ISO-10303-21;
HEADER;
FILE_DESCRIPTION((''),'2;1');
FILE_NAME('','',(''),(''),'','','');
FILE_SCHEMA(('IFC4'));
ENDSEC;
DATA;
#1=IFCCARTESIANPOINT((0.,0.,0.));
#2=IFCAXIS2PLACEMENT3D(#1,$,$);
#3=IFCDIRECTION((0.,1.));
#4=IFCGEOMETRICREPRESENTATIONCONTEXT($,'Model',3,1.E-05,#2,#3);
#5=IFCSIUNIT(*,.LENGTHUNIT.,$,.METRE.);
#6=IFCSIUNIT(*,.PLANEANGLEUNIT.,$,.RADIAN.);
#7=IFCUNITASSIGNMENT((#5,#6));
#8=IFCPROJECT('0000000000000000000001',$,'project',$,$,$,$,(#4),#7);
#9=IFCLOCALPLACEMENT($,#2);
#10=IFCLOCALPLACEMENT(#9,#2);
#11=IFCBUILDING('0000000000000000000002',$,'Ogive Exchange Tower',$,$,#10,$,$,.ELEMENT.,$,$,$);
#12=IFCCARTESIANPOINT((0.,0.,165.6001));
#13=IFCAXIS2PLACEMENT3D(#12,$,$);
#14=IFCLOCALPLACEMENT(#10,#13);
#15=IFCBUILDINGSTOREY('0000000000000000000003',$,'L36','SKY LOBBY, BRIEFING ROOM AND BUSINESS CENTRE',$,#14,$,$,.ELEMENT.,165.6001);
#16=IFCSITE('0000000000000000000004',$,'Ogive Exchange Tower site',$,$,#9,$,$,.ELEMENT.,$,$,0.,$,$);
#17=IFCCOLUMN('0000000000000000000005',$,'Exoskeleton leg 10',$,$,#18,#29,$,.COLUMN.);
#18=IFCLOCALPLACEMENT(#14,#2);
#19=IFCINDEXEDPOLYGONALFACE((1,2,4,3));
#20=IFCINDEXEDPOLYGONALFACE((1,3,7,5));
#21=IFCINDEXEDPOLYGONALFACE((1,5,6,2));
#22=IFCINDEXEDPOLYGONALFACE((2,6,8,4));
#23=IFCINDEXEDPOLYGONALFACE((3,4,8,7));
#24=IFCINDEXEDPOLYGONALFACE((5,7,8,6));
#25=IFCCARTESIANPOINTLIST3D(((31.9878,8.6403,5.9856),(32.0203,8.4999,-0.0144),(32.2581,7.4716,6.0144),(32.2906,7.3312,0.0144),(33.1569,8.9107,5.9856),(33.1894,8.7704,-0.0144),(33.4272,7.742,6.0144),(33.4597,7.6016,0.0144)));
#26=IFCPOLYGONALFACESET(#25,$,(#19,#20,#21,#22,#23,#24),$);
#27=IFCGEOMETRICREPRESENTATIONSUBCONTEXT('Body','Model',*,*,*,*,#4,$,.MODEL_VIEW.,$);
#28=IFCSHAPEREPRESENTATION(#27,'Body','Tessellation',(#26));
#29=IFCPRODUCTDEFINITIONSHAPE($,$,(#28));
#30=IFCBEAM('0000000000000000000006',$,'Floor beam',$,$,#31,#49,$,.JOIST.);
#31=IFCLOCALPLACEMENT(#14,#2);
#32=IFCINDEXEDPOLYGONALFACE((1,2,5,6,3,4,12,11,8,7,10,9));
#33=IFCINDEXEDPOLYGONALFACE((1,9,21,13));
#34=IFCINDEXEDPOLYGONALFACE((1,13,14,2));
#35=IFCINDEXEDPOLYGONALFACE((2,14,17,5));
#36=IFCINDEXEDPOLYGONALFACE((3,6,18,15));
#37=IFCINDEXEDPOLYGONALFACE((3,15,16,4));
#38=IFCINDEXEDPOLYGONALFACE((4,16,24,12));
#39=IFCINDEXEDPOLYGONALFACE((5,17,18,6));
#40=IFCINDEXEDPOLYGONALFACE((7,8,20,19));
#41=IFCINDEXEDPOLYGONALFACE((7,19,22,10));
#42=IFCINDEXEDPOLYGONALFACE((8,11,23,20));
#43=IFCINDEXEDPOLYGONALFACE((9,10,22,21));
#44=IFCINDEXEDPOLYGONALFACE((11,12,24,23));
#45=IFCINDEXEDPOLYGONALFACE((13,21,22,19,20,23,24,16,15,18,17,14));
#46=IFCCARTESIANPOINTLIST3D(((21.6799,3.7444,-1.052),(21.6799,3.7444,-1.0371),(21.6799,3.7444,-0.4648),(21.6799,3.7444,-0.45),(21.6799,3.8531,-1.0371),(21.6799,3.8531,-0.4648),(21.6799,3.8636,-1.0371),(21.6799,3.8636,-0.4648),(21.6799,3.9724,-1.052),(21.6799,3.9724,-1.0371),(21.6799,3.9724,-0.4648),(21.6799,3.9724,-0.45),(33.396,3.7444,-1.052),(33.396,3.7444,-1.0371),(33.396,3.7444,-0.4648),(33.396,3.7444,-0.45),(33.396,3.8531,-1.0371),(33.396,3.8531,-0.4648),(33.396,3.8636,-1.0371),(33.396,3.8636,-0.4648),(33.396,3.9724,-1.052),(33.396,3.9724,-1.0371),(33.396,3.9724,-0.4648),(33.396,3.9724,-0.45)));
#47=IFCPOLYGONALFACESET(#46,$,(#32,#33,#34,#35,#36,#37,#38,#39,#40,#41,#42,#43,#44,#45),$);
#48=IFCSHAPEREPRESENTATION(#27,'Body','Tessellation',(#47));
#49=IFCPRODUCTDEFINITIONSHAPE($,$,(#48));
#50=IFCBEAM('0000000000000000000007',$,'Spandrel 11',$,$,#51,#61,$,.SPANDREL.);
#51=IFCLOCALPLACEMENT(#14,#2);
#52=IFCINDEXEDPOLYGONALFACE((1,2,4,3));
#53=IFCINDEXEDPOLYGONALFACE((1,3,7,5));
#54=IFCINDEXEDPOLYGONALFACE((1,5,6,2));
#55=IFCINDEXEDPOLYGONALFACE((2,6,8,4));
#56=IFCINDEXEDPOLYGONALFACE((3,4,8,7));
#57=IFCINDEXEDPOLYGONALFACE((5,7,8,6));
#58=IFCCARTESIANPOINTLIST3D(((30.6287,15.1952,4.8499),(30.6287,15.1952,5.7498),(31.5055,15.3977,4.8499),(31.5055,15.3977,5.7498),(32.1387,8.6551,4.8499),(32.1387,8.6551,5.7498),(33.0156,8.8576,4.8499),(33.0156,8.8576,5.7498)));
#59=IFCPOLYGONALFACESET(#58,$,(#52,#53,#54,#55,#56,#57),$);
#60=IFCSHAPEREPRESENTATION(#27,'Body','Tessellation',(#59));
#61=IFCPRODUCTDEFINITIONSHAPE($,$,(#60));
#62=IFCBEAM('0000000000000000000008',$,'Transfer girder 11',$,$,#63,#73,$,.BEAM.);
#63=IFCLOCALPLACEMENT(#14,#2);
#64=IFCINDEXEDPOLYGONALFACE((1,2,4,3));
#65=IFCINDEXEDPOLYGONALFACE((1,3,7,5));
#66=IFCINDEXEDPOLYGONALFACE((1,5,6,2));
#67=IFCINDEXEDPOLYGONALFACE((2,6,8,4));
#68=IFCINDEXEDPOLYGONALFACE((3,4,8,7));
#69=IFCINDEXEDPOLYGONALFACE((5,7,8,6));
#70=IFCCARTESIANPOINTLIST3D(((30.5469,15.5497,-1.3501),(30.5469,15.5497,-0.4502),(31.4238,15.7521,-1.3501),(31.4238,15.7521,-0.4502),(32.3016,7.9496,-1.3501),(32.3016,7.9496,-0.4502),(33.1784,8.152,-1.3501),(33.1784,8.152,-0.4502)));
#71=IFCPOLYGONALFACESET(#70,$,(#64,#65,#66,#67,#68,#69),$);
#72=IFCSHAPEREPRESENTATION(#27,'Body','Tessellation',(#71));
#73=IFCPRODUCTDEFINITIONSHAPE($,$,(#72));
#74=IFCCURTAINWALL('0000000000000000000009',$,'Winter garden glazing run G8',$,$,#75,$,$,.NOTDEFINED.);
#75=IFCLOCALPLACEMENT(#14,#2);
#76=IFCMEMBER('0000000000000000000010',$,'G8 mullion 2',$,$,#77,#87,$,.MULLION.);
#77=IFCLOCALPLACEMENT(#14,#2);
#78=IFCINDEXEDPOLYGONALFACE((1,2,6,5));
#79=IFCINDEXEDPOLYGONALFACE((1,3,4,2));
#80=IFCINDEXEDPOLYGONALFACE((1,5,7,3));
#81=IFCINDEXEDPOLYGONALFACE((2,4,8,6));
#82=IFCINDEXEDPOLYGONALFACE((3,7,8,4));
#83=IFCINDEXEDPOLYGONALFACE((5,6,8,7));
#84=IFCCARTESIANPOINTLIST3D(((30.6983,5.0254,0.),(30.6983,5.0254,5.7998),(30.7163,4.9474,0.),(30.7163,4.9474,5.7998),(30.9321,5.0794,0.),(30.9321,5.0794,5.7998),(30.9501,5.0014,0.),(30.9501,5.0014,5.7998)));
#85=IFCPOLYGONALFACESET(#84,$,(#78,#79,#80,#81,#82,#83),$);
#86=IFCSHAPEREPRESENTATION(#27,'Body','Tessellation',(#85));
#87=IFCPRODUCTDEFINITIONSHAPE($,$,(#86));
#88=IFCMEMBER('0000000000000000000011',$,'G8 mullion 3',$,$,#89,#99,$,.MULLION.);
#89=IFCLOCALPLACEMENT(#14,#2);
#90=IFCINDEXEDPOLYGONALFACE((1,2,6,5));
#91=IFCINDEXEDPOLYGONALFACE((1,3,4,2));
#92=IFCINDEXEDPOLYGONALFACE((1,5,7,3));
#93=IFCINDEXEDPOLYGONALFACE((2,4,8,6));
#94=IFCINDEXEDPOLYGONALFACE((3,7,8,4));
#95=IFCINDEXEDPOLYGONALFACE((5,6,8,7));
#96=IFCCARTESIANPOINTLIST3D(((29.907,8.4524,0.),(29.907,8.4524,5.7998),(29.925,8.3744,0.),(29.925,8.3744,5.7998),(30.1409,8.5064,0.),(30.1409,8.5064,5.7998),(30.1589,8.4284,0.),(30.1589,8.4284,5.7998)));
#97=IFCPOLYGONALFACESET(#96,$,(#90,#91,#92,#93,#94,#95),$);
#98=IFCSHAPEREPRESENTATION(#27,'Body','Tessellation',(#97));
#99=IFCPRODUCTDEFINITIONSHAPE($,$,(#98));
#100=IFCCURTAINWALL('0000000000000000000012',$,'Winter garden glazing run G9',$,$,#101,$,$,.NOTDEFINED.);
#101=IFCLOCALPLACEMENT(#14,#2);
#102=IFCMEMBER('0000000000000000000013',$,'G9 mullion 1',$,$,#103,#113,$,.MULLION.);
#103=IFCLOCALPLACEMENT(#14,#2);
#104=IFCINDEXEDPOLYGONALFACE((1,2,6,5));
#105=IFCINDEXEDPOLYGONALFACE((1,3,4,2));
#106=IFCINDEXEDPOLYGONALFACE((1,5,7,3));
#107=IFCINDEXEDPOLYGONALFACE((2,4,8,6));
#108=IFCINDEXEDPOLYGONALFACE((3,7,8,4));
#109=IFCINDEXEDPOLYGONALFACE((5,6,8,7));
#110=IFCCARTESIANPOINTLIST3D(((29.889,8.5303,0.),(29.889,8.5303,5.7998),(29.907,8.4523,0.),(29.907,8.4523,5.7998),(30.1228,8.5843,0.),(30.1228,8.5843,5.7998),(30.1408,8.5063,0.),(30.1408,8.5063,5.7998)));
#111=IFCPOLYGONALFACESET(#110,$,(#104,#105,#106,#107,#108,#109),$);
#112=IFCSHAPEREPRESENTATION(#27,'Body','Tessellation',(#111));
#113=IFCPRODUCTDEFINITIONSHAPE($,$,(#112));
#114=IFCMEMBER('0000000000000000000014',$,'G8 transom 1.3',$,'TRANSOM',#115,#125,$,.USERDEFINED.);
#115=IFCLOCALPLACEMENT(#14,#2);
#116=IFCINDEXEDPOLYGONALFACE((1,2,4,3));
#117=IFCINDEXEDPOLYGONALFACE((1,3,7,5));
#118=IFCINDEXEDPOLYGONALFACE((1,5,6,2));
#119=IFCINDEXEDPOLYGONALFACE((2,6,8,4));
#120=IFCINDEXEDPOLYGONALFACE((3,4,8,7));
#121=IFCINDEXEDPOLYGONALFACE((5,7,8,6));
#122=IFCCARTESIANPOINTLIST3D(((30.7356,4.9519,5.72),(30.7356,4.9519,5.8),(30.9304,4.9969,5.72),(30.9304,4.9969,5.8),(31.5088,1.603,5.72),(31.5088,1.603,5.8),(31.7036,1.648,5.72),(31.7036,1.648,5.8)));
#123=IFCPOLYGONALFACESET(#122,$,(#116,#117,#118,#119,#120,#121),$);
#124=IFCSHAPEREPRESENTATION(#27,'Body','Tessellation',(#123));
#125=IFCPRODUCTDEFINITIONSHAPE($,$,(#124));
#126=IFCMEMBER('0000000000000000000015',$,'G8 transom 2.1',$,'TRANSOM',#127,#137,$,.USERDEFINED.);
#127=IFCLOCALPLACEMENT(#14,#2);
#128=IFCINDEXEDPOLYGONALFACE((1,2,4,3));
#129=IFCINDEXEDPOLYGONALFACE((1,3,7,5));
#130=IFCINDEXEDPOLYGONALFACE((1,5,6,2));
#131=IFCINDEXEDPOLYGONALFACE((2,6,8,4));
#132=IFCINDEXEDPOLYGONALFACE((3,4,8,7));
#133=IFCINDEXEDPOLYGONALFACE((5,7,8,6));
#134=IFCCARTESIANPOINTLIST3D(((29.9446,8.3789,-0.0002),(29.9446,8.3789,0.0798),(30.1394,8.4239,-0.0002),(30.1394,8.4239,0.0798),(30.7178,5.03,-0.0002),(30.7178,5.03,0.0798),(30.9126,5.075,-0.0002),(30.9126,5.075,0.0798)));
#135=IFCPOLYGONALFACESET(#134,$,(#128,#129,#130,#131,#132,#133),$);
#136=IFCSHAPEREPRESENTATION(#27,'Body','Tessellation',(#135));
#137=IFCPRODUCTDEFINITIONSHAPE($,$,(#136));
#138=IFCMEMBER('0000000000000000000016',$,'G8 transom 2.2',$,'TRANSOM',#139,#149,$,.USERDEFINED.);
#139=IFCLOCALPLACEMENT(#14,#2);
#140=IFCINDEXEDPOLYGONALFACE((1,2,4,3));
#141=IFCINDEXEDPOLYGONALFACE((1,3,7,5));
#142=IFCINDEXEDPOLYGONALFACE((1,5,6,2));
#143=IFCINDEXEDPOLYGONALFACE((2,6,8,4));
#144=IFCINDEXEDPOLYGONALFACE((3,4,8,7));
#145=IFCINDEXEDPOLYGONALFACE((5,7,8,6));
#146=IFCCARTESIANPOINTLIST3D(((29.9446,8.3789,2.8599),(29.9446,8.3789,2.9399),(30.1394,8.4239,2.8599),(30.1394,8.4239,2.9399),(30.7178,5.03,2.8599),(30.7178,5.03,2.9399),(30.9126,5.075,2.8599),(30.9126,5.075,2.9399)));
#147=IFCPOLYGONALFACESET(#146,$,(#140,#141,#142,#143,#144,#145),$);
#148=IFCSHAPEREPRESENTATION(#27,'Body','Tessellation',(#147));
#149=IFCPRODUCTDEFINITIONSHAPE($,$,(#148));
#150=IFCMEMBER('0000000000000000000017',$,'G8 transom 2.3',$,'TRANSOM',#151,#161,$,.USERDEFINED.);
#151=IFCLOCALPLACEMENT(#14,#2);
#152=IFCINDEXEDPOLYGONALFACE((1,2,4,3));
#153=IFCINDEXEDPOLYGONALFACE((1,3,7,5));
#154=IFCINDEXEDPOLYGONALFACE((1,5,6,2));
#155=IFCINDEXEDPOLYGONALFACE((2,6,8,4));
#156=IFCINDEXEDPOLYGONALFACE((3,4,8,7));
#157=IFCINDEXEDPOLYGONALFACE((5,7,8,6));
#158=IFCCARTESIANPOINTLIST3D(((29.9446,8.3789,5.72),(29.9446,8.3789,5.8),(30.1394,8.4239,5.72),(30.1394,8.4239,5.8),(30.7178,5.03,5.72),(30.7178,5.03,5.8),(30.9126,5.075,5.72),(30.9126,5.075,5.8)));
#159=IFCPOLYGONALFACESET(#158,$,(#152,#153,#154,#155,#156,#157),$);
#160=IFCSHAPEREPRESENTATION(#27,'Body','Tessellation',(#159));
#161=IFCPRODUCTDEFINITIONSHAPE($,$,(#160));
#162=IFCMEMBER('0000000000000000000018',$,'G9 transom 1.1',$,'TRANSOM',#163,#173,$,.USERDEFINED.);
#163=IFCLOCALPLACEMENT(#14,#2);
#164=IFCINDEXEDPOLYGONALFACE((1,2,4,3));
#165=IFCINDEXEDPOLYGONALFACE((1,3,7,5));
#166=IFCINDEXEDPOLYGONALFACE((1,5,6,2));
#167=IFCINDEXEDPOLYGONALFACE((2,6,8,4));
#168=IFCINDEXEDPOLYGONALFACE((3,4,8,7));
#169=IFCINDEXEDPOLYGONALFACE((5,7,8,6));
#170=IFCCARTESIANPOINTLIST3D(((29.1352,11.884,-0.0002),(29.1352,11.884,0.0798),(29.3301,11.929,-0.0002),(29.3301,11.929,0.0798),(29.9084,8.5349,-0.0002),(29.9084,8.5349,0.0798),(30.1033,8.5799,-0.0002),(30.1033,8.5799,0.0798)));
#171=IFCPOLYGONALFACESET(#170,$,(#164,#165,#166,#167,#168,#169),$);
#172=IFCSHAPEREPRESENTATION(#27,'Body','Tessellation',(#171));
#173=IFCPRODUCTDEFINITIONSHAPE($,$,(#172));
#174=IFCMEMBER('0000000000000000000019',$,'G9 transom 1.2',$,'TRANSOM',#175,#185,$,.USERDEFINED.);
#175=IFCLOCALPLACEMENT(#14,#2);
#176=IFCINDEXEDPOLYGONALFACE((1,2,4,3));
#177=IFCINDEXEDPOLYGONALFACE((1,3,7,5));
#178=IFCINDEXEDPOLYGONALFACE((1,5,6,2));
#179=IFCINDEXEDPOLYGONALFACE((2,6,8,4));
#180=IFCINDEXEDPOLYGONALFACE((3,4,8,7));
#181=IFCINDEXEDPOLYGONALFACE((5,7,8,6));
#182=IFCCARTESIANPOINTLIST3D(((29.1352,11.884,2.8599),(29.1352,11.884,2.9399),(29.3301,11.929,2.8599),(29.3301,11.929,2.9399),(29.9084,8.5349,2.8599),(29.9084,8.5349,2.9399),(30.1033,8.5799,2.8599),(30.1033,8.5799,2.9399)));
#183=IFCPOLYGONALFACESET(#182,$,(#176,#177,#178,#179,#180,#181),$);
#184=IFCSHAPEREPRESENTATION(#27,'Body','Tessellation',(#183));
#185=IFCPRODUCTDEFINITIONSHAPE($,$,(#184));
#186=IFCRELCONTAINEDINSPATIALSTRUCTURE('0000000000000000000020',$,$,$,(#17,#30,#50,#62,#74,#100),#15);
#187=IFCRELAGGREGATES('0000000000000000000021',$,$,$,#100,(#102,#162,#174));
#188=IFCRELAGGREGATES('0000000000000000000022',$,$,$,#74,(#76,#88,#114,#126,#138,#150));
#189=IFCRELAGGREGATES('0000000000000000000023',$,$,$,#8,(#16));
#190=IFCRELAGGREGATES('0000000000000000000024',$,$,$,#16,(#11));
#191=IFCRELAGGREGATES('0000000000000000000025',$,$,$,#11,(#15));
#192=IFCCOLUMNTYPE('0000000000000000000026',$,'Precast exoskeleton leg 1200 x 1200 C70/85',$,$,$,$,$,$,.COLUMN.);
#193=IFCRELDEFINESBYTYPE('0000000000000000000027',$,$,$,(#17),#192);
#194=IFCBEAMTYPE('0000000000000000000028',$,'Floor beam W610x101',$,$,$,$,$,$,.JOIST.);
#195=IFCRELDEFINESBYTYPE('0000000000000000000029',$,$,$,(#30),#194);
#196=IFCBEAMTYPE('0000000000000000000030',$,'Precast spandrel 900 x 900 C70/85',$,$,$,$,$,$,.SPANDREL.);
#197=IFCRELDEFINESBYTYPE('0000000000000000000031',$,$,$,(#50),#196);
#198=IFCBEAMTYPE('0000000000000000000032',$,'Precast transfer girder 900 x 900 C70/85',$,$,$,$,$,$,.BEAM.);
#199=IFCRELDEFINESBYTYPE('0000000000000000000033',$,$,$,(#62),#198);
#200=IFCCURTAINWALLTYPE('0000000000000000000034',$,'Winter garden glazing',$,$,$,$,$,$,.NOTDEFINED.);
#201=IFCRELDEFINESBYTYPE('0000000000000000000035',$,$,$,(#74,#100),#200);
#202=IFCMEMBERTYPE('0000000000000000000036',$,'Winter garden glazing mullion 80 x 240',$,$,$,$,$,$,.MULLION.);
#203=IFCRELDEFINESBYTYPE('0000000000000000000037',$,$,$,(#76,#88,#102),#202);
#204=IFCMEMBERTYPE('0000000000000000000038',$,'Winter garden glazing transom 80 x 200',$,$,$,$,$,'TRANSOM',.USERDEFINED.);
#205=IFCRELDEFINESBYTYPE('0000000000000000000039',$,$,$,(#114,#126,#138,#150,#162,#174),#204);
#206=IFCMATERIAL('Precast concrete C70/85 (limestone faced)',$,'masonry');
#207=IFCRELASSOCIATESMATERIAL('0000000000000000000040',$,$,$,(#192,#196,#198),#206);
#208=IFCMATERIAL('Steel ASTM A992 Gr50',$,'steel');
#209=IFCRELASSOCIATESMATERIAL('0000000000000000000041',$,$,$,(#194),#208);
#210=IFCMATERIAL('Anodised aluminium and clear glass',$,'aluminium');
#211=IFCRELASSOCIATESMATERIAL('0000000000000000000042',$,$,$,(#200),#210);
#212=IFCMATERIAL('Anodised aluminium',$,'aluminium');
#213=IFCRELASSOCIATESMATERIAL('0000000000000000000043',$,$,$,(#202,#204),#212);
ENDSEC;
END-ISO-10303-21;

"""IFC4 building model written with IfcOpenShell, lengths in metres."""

from ifc_helpers import new_model, si_unit, direction, frame, origin, origin_2d, place, context, subcontext, project, spatial, rectangle, i_section, extrude, material, material_profile, profile_set, type_object, element, aggregate, save


model = new_model("IFC4")

# Units and contexts
model_context = context("Model", 3, precision=1e-05, world=origin(), true_north=direction((0.0, 1.0)))
body_context = subcontext(model_context, "Body", "Model", "MODEL_VIEW")
ifc_project = project(units=[si_unit("LENGTHUNIT", "METRE"), si_unit("PLANEANGLEUNIT", "RADIAN")], contexts=[model_context])

# Site, building, storey
site_placement = place(None, origin())
site = spatial("IfcSite", under=ifc_project, at=site_placement, Name="Ogive Exchange Tower site", CompositionType="ELEMENT", RefElevation=0.0)
building_placement = place(site_placement, origin())
building = spatial("IfcBuilding", under=site, at=building_placement, Name="Ogive Exchange Tower", CompositionType="ELEMENT")
storey_placement = place(building_placement, frame((0.0, 0.0, 165.6001)))
storey = spatial("IfcBuildingStorey", under=building, at=storey_placement, Name="L36", Description="SKY LOBBY, BRIEFING ROOM AND BUSINESS CENTRE", CompositionType="ELEMENT", Elevation=165.6001)

# Column
ifc_material_1 = material(Name="Precast concrete C70/85 (limestone faced)", Category="masonry")
ifc_material_profile_1 = material_profile(ifc_material_1, rectangle(XDim=1.2, YDim=1.2, at=origin_2d()), Name="1200 x 1200")
ifc_profile_set_1 = profile_set([ifc_material_profile_1], Name="Precast concrete C70/85 (limestone faced)")
column_type = type_object("IfcColumnType", Name="Precast exoskeleton leg 1200 x 1200 C70/85", PredefinedType="COLUMN", material=ifc_profile_set_1)
column_placement = place(storey_placement, frame((32.74, 8.0508, 0.0), z_axis=(-0.00541, 0.02339, 0.999712), x_axis=(-0.974277, -0.225354, 0.0)))
element("IfcColumn", 1, at=column_placement, inside=storey, type_object=column_type, Name="Exoskeleton leg 10", PredefinedType="COLUMN", context=body_context, shape_type="SweptSolid", body=[
    extrude(rectangle(XDim=1.2, YDim=1.2, at=origin_2d()), origin(), (0.0, 0.0, 1.0), 6.0017),
])

# Beams
ifc_material_2 = material(Name="Steel ASTM A992 Gr50", Category="steel")
ifc_material_profile_2 = material_profile(ifc_material_2, i_section(OverallWidth=0.228, OverallDepth=0.6021, WebThickness=0.0105, FlangeThickness=0.0149, at=origin_2d()), Name="W610x101")
ifc_profile_set_2 = profile_set([ifc_material_profile_2], Name="Steel ASTM A992 Gr50")
beam_type_1 = type_object("IfcBeamType", Name="Floor beam W610x101", PredefinedType="JOIST", material=ifc_profile_set_2)
beam_1_placement = place(storey_placement, frame((21.6799, 3.8584, -0.751), z_axis=(1.0, 0.0, 0.0), x_axis=(0.0, 1.0, 0.0)))
element("IfcBeam", 2, at=beam_1_placement, inside=storey, type_object=beam_type_1, Name="Floor beam", PredefinedType="JOIST", context=body_context, shape_type="SweptSolid", body=[
    extrude(i_section(OverallWidth=0.228, OverallDepth=0.6021, WebThickness=0.0105, FlangeThickness=0.0149, at=origin_2d()), origin(), (0.0, 0.0, 1.0), 11.7161),
])
ifc_material_profile_3 = material_profile(ifc_material_1, rectangle(XDim=0.8999, YDim=0.8999, at=origin_2d()), Name="900 x 900")
ifc_profile_set_3 = profile_set([ifc_material_profile_3], Name="Precast concrete C70/85 (limestone faced)")
beam_type_2 = type_object("IfcBeamType", Name="Precast spandrel 900 x 900 C70/85", PredefinedType="SPANDREL", material=ifc_profile_set_3)
beam_2_placement = place(storey_placement, frame((32.5771, 8.7563, 5.2998), z_axis=(-0.224968, 0.974366, 0.0), x_axis=(-0.974366, -0.224968, 0.0)))
element("IfcBeam", 3, at=beam_2_placement, inside=storey, type_object=beam_type_2, Name="Spandrel 11", PredefinedType="SPANDREL", context=body_context, shape_type="SweptSolid", body=[
    extrude(rectangle(XDim=0.8999, YDim=0.8999, at=origin_2d()), origin(), (0.0, 0.0, 1.0), 6.7122),
])
ifc_material_profile_4 = material_profile(ifc_material_1, rectangle(XDim=0.8999, YDim=0.8999, at=origin_2d()), Name="900 x 900")
ifc_profile_set_4 = profile_set([ifc_material_profile_4], Name="Precast concrete C70/85 (limestone faced)")
beam_type_3 = type_object("IfcBeamType", Name="Precast transfer girder 900 x 900 C70/85", PredefinedType="BEAM", material=ifc_profile_set_4)
beam_3_placement = place(storey_placement, frame((32.74, 8.0508, -0.9001), z_axis=(-0.224953, 0.97437, 0.0), x_axis=(-0.97437, -0.224953, 0.0)))
element("IfcBeam", 4, at=beam_3_placement, inside=storey, type_object=beam_type_3, Name="Transfer girder 11", PredefinedType="BEAM", context=body_context, shape_type="SweptSolid", body=[
    extrude(rectangle(XDim=0.8999, YDim=0.8999, at=origin_2d()), origin(), (0.0, 0.0, 1.0), 7.8),
])

# Curtain wall, members
ifc_material_3 = material(Name="Anodised aluminium and clear glass", Category="aluminium")
curtain_wall_type = type_object("IfcCurtainWallType", Name="Winter garden glazing", PredefinedType="NOTDEFINED", material=ifc_material_3)
curtain_wall_1_placement = place(storey_placement, origin())
curtain_wall_1 = element("IfcCurtainWall", 5, at=curtain_wall_1_placement, inside=storey, type_object=curtain_wall_type, Name="Winter garden glazing run G8", PredefinedType="NOTDEFINED")
ifc_material_4 = material(Name="Anodised aluminium", Category="aluminium")
ifc_material_profile_5 = material_profile(ifc_material_4, rectangle(XDim=0.24, YDim=0.0801, at=origin_2d()), Name="AL 80x240")
ifc_profile_set_5 = profile_set([ifc_material_profile_5], Name="Anodised aluminium")
member_type_1 = type_object("IfcMemberType", Name="Winter garden glazing mullion 80 x 240", PredefinedType="MULLION", material=ifc_profile_set_5)
member_1_placement = place(storey_placement, frame((30.8242, 5.0134, 0.0), z_axis=(0.0, 0.0, 1.0), x_axis=(-0.974369, -0.224957, 0.0)))
member_1 = element("IfcMember", 6, at=member_1_placement, type_object=member_type_1, Name="G8 mullion 2", PredefinedType="MULLION", context=body_context, shape_type="SweptSolid", body=[
    extrude(rectangle(XDim=0.24, YDim=0.0801, at=origin_2d()), origin(), (0.0, 0.0, 1.0), 5.7998),
])
member_2_placement = place(storey_placement, frame((30.033, 8.4404, 0.0), z_axis=(0.0, 0.0, 1.0), x_axis=(-0.974369, -0.224957, 0.0)))
member_2 = element("IfcMember", 7, at=member_2_placement, type_object=member_type_1, Name="G8 mullion 3", PredefinedType="MULLION", context=body_context, shape_type="SweptSolid", body=[
    extrude(rectangle(XDim=0.24, YDim=0.0801, at=origin_2d()), origin(), (0.0, 0.0, 1.0), 5.7998),
])

# Curtain wall, member
curtain_wall_2_placement = place(storey_placement, origin())
curtain_wall_2 = element("IfcCurtainWall", 8, at=curtain_wall_2_placement, inside=storey, type_object=curtain_wall_type, Name="Winter garden glazing run G9", PredefinedType="NOTDEFINED")
member_3_placement = place(storey_placement, frame((30.0149, 8.5183, 0.0), z_axis=(0.0, 0.0, 1.0), x_axis=(-0.974372, -0.224941, 0.0)))
member_3 = element("IfcMember", 9, at=member_3_placement, type_object=member_type_1, Name="G9 mullion 1", PredefinedType="MULLION", context=body_context, shape_type="SweptSolid", body=[
    extrude(rectangle(XDim=0.24, YDim=0.0801, at=origin_2d()), origin(), (0.0, 0.0, 1.0), 5.7998),
])

# Members
ifc_material_profile_6 = material_profile(ifc_material_4, rectangle(XDim=0.2, YDim=0.0801, at=origin_2d()), Name="AL 80x200")
ifc_profile_set_6 = profile_set([ifc_material_profile_6], Name="Anodised aluminium")
member_type_2 = type_object("IfcMemberType", Name="Winter garden glazing transom 80 x 200", ElementType="TRANSOM", PredefinedType="USERDEFINED", material=ifc_profile_set_6)
member_4_placement = place(storey_placement, frame((31.6062, 1.6255, 5.76), z_axis=(-0.224963, 0.974367, 0.0), x_axis=(-0.974367, -0.224963, 0.0)))
member_4 = element("IfcMember", 10, at=member_4_placement, type_object=member_type_2, Name="G8 transom 1.3", ObjectType="TRANSOM", PredefinedType="USERDEFINED", context=body_context, shape_type="SweptSolid", body=[
    extrude(rectangle(XDim=0.2, YDim=0.0801, at=origin_2d()), origin(), (0.0, 0.0, 1.0), 3.437),
])
member_5_placement = place(storey_placement, frame((30.8152, 5.0525, 0.0398), z_axis=(-0.224963, 0.974367, 0.0), x_axis=(-0.974367, -0.224963, 0.0)))
member_5 = element("IfcMember", 11, at=member_5_placement, type_object=member_type_2, Name="G8 transom 2.1", ObjectType="TRANSOM", PredefinedType="USERDEFINED", context=body_context, shape_type="SweptSolid", body=[
    extrude(rectangle(XDim=0.2, YDim=0.0801, at=origin_2d()), origin(), (0.0, 0.0, 1.0), 3.437),
])
member_6_placement = place(storey_placement, frame((30.8152, 5.0525, 2.8999), z_axis=(-0.224963, 0.974367, 0.0), x_axis=(-0.974367, -0.224963, 0.0)))
member_6 = element("IfcMember", 12, at=member_6_placement, type_object=member_type_2, Name="G8 transom 2.2", ObjectType="TRANSOM", PredefinedType="USERDEFINED", context=body_context, shape_type="SweptSolid", body=[
    extrude(rectangle(XDim=0.2, YDim=0.0801, at=origin_2d()), origin(), (0.0, 0.0, 1.0), 3.437),
])
member_7_placement = place(storey_placement, frame((30.8152, 5.0525, 5.76), z_axis=(-0.224963, 0.974367, 0.0), x_axis=(-0.974367, -0.224963, 0.0)))
member_7 = element("IfcMember", 13, at=member_7_placement, type_object=member_type_2, Name="G8 transom 2.3", ObjectType="TRANSOM", PredefinedType="USERDEFINED", context=body_context, shape_type="SweptSolid", body=[
    extrude(rectangle(XDim=0.2, YDim=0.0801, at=origin_2d()), origin(), (0.0, 0.0, 1.0), 3.437),
])
member_8_placement = place(storey_placement, frame((30.0059, 8.5574, 0.0398), z_axis=(-0.224948, 0.974371, 0.0), x_axis=(-0.974371, -0.224948, 0.0)))
member_8 = element("IfcMember", 14, at=member_8_placement, type_object=member_type_2, Name="G9 transom 1.1", ObjectType="TRANSOM", PredefinedType="USERDEFINED", context=body_context, shape_type="SweptSolid", body=[
    extrude(rectangle(XDim=0.2, YDim=0.0801, at=origin_2d()), origin(), (0.0, 0.0, 1.0), 3.4373),
])
member_9_placement = place(storey_placement, frame((30.0059, 8.5574, 2.8999), z_axis=(-0.224948, 0.974371, 0.0), x_axis=(-0.974371, -0.224948, 0.0)))
member_9 = element("IfcMember", 15, at=member_9_placement, type_object=member_type_2, Name="G9 transom 1.2", ObjectType="TRANSOM", PredefinedType="USERDEFINED", context=body_context, shape_type="SweptSolid", body=[
    extrude(rectangle(XDim=0.2, YDim=0.0801, at=origin_2d()), origin(), (0.0, 0.0, 1.0), 3.4373),
])
aggregate(curtain_wall_2, [member_3, member_8, member_9])

aggregate(curtain_wall_1, [member_1, member_2, member_4, member_5, member_6, member_7])

save(model, "model.ifc")
